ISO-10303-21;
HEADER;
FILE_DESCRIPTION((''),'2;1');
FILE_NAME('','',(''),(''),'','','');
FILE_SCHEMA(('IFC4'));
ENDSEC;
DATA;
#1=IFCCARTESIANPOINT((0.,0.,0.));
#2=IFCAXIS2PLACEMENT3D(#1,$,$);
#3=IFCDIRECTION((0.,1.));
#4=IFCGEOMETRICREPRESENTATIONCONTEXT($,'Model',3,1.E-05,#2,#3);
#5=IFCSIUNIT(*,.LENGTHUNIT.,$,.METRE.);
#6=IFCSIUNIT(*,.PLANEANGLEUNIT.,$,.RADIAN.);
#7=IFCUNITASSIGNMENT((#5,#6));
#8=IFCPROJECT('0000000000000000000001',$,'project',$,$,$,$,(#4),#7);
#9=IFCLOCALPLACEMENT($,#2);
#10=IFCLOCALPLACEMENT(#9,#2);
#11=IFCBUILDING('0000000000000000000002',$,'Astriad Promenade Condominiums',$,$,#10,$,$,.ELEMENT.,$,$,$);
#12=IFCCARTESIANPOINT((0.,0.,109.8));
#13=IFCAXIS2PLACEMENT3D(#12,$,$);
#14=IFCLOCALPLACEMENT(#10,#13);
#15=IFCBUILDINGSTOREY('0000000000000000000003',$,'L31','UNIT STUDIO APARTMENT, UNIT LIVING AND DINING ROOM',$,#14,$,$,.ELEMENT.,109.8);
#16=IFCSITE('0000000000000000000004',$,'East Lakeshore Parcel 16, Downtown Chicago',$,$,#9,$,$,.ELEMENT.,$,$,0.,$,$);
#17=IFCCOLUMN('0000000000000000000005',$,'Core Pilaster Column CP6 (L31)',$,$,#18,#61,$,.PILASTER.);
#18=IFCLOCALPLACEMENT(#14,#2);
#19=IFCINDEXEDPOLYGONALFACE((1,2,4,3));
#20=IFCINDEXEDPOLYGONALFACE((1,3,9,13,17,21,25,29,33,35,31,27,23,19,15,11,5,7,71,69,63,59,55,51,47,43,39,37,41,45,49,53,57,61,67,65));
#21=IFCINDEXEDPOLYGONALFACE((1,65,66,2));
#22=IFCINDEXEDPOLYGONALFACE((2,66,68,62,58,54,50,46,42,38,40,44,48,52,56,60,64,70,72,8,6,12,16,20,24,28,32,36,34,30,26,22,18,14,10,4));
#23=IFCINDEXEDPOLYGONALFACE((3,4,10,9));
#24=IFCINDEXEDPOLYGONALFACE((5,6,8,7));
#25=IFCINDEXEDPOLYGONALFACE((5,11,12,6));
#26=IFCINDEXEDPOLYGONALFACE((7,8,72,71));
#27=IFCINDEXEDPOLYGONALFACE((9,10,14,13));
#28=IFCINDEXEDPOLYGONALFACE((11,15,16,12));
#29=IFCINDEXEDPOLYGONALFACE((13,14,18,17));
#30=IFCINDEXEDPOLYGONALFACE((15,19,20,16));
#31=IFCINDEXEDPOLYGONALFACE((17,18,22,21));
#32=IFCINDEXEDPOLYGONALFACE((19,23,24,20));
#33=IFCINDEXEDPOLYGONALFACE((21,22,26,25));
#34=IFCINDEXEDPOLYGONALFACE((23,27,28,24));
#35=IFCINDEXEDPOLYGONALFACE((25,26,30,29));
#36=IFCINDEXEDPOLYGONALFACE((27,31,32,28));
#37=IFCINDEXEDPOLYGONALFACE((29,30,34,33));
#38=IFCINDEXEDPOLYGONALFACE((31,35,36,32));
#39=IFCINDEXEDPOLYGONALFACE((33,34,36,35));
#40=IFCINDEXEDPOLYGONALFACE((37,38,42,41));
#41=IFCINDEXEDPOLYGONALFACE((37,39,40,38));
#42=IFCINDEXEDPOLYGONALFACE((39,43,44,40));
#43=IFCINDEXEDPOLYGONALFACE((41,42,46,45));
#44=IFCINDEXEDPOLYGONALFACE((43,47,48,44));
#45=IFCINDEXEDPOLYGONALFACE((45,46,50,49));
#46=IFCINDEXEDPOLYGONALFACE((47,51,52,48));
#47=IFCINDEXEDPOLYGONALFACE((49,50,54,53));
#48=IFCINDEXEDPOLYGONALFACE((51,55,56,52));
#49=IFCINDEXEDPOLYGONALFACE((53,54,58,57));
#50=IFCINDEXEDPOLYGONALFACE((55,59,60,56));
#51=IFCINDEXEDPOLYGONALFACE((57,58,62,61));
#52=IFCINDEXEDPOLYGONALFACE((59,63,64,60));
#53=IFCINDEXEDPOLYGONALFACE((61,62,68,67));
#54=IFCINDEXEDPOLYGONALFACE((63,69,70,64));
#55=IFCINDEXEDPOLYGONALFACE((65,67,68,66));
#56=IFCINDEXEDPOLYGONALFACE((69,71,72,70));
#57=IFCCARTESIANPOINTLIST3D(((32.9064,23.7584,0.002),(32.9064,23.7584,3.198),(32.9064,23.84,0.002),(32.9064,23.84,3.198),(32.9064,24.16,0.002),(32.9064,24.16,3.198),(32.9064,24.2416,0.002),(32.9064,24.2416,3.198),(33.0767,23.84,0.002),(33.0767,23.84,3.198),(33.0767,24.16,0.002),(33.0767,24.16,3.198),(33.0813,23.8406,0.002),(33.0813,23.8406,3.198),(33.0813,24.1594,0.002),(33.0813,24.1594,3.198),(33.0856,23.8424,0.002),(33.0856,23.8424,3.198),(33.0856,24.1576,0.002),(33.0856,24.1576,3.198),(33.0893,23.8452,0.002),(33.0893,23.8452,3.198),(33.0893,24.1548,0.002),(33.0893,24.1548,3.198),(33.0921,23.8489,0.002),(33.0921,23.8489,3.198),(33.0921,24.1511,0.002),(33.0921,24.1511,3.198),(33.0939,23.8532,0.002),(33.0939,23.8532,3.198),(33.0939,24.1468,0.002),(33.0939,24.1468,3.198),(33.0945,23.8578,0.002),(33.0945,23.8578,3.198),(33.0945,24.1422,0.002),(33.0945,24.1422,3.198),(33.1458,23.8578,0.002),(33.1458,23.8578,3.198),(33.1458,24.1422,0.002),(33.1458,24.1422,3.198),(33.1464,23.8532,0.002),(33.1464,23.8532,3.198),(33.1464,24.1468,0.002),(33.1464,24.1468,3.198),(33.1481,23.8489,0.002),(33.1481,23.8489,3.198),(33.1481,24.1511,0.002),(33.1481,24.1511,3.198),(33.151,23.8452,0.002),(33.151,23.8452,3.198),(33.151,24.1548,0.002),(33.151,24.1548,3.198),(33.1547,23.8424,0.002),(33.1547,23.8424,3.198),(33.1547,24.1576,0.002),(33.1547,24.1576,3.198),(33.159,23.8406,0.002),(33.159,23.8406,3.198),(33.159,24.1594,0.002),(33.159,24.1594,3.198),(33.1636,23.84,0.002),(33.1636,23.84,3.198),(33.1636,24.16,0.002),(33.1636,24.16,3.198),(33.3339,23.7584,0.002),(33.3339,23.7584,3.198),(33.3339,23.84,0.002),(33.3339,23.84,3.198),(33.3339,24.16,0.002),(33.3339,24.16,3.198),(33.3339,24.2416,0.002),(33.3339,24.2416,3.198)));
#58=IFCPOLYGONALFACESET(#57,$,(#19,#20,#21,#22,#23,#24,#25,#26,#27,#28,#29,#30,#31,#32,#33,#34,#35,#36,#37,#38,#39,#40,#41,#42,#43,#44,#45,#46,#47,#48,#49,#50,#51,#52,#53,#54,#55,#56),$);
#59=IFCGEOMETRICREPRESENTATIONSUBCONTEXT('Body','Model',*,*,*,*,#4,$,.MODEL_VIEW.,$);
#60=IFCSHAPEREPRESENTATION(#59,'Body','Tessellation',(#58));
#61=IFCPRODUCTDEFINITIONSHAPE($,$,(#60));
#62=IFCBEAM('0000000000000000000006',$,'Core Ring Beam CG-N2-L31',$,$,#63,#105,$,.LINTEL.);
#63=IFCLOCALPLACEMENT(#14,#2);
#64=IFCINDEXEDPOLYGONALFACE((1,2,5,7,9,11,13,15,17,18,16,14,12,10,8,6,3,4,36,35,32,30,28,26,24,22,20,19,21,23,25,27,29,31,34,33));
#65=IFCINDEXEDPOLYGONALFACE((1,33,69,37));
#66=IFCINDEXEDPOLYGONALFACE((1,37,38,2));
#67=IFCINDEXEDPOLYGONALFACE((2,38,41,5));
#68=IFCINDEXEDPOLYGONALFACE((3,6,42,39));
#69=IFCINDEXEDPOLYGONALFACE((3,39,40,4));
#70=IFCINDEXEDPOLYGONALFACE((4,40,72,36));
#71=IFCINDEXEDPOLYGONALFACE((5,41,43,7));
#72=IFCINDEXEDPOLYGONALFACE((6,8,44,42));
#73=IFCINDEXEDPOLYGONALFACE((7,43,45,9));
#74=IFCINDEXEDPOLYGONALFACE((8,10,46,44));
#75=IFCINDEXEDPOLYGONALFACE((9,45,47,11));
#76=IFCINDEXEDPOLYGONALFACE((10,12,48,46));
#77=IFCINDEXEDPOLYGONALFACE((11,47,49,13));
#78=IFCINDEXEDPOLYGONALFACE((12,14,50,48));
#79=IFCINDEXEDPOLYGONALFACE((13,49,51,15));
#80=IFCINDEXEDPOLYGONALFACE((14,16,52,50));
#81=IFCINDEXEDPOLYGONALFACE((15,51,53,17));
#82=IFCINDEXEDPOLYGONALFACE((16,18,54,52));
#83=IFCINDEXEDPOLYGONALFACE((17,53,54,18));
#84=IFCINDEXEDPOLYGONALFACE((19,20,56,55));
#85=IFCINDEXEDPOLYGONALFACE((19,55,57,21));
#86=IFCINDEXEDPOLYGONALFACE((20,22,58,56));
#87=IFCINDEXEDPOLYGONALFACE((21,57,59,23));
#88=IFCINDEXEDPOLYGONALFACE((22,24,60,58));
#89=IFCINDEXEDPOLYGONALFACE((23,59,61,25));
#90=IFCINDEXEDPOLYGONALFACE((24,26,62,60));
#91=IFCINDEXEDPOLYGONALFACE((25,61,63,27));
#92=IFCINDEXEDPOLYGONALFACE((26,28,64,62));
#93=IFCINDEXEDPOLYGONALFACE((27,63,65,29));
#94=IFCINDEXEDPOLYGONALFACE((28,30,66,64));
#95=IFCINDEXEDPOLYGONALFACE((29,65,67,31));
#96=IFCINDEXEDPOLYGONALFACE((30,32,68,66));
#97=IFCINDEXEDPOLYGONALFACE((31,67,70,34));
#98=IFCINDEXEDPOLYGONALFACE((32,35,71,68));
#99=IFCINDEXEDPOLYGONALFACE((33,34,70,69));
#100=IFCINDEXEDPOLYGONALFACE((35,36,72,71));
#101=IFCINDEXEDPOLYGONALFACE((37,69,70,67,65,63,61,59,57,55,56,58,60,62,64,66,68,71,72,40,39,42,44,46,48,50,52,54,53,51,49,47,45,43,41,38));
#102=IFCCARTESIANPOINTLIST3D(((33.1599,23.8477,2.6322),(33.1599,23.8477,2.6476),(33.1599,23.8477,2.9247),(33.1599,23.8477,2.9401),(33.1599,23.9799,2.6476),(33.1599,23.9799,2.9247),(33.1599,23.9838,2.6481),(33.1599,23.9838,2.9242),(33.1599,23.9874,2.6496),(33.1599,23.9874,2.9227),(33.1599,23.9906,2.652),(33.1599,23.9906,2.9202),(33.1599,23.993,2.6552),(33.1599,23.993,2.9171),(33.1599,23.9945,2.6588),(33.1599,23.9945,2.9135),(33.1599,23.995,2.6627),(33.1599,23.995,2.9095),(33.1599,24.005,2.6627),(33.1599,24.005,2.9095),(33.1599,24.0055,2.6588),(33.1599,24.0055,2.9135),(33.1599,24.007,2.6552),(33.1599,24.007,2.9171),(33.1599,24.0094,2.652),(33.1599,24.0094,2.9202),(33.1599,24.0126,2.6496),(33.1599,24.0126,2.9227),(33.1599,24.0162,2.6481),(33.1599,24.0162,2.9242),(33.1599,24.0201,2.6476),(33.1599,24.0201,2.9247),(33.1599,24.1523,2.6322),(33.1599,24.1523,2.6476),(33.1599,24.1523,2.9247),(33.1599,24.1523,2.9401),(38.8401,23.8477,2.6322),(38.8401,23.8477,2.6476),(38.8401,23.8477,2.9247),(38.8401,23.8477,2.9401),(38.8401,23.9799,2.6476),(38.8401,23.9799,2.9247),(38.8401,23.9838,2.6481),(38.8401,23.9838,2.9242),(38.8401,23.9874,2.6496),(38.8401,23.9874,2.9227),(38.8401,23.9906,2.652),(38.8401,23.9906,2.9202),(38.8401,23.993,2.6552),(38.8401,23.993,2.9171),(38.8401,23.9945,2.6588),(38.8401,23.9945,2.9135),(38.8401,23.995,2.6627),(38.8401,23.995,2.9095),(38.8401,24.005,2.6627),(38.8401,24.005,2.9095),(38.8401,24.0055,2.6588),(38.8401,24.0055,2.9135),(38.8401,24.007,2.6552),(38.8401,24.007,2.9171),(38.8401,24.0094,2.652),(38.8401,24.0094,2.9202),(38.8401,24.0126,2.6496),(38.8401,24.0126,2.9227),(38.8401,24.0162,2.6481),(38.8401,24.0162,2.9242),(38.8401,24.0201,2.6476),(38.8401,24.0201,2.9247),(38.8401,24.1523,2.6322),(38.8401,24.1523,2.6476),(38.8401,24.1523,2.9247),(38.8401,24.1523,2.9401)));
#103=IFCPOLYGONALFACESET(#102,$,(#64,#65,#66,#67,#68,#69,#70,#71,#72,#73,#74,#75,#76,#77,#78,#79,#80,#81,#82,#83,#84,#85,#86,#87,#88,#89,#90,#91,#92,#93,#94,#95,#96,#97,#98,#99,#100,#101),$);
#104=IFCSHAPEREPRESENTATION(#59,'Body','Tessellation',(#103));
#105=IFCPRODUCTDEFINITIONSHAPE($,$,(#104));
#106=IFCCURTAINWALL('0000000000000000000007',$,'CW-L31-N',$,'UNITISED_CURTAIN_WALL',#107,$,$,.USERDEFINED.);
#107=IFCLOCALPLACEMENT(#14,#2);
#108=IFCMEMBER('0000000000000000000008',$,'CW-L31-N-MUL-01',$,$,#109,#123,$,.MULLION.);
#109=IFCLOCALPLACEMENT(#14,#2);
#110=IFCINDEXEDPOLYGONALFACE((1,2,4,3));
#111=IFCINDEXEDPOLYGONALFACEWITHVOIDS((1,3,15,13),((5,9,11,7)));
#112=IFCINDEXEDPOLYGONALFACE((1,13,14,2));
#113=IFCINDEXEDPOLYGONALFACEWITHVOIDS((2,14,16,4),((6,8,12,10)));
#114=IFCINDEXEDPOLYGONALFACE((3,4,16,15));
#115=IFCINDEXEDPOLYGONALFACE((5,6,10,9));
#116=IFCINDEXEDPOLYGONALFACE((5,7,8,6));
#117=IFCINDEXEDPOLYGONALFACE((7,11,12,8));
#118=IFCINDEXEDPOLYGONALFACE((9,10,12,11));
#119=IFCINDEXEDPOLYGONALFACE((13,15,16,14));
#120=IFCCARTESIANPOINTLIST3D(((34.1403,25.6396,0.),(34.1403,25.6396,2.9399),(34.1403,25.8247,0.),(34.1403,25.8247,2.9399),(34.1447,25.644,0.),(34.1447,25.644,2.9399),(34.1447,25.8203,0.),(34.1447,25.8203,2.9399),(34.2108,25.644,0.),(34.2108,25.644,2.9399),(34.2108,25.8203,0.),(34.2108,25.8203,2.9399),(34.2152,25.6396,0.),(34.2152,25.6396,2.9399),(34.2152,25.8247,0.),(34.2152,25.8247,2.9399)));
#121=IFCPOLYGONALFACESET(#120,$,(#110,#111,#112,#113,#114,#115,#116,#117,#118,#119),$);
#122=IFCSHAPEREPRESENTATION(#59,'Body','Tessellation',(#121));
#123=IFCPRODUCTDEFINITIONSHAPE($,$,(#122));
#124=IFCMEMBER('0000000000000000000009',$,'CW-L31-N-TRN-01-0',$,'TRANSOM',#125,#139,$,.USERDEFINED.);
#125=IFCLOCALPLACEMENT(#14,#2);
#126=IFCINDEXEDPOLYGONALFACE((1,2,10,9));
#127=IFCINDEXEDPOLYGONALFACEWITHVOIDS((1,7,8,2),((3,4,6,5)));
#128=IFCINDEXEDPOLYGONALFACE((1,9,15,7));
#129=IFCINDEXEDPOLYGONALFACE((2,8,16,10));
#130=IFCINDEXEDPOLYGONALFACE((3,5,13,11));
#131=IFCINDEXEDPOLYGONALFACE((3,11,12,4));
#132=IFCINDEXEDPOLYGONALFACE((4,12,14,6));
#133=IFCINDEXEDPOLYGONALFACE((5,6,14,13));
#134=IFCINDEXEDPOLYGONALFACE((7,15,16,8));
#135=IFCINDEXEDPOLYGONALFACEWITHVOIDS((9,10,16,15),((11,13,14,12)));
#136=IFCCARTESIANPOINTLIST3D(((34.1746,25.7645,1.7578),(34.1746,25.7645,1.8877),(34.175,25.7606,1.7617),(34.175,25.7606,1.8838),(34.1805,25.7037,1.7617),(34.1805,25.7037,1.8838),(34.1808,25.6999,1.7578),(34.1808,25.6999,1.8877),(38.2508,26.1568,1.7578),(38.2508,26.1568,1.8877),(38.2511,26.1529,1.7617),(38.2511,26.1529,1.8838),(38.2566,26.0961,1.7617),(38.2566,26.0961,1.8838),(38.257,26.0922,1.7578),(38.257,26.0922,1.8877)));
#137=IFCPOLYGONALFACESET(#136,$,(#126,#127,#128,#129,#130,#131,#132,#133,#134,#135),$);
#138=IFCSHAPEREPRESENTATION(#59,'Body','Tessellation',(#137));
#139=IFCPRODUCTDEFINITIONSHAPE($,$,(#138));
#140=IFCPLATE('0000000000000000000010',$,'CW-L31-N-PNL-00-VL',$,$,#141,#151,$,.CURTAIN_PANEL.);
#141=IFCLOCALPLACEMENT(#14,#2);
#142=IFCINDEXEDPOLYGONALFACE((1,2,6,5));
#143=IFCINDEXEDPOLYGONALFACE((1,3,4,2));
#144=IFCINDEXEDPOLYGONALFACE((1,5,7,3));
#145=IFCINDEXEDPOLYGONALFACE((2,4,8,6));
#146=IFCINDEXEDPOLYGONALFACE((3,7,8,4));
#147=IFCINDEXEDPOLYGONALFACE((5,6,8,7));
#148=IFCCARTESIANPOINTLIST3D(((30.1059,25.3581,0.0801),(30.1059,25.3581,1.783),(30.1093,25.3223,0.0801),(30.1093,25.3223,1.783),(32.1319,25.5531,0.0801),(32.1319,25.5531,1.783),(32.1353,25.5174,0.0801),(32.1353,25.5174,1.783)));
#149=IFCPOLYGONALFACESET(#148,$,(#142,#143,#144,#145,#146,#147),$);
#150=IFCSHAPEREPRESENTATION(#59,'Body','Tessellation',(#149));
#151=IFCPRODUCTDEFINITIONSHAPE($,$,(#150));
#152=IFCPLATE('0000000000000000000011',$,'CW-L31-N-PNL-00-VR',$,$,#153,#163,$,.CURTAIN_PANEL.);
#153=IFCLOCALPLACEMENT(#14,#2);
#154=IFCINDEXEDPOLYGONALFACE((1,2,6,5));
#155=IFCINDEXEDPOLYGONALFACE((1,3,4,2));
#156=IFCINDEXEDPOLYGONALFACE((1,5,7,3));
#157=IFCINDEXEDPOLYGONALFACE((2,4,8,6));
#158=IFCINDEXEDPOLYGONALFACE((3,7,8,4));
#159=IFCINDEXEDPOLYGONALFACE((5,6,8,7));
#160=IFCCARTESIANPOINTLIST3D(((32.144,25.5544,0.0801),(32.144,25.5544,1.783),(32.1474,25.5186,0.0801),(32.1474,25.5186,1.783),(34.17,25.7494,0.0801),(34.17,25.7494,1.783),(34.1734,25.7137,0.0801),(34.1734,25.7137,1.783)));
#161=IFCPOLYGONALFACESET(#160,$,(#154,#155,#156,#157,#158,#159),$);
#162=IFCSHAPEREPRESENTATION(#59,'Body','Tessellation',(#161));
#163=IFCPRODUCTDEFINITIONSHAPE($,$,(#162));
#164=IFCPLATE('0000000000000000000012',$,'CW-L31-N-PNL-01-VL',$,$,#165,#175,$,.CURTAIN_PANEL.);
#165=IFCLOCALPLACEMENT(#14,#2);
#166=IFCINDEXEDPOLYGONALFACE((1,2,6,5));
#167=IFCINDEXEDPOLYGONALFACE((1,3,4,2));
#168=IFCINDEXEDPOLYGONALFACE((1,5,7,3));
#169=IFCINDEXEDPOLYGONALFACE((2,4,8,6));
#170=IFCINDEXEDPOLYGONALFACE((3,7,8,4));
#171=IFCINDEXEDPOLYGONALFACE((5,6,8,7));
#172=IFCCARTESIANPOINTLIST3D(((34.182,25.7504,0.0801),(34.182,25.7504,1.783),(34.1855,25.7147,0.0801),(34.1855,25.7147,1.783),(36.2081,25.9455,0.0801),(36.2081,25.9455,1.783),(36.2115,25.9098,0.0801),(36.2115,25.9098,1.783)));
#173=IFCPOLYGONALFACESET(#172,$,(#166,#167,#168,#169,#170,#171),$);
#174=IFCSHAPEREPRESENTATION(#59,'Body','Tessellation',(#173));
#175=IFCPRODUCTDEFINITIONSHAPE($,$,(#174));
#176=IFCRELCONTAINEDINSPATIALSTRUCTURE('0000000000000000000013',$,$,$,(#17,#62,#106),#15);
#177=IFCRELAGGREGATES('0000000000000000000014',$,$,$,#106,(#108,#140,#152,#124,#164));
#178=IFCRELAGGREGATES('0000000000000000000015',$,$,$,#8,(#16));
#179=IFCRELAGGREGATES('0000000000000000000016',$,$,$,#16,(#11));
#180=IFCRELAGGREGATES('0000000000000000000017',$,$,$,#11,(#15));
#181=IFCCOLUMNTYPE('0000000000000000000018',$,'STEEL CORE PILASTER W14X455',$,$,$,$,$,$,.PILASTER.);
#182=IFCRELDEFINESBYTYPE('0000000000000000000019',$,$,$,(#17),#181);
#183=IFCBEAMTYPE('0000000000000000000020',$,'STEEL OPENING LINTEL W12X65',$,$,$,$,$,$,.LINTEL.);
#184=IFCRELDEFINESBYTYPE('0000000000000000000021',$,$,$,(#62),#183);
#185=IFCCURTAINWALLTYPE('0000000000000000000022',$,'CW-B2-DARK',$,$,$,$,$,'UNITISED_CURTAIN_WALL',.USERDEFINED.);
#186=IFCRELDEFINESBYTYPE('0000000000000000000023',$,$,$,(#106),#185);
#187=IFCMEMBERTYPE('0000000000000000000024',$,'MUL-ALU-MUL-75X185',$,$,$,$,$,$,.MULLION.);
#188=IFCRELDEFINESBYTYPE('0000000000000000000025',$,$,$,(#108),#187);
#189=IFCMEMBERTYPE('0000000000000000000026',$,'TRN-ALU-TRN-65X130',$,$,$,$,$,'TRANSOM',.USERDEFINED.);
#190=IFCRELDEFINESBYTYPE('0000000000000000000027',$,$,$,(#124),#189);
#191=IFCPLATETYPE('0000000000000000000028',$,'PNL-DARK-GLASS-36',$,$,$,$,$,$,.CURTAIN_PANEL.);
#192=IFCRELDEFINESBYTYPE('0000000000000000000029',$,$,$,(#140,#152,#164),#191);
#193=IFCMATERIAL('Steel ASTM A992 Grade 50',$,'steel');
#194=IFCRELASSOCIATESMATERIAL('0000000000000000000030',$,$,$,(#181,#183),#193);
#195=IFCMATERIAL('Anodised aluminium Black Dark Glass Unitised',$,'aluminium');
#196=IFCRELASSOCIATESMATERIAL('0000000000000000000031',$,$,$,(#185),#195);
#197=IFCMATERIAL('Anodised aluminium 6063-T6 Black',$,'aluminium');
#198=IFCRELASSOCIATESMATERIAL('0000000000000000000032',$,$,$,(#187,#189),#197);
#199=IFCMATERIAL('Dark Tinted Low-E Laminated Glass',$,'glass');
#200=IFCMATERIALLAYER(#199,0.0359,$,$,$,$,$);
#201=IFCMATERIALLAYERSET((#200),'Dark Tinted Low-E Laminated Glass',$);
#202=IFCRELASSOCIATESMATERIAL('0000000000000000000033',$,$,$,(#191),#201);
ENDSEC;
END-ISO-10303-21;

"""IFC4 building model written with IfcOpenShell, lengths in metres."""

from ifc_helpers import new_model, si_unit, direction, frame, origin, origin_2d, place, context, subcontext, project, spatial, rectangle, hollow_rectangle, i_section, extrude, source, transform, mapped, material, layer, layer_set, material_profile, profile_set, type_object, type_shapes, element, aggregate, save


model = new_model("IFC4")

# Units and contexts
model_context = context("Model", 3, precision=1e-05, world=origin(), true_north=direction((0.0, 1.0)))
body_context = subcontext(model_context, "Body", "Model", "MODEL_VIEW")
ifc_project = project(units=[si_unit("LENGTHUNIT", "METRE"), si_unit("PLANEANGLEUNIT", "RADIAN")], contexts=[model_context])

# Site, building, storey
site_placement = place(None, origin())
site = spatial("IfcSite", under=ifc_project, at=site_placement, Name="East Lakeshore Parcel 16, Downtown Chicago", CompositionType="ELEMENT", RefElevation=0.0)
building_placement = place(site_placement, origin())
building = spatial("IfcBuilding", under=site, at=building_placement, Name="Astriad Promenade Condominiums", CompositionType="ELEMENT")
storey_placement = place(building_placement, frame((0.0, 0.0, 109.8)))
storey = spatial("IfcBuildingStorey", under=building, at=storey_placement, Name="L31", Description="UNIT STUDIO APARTMENT, UNIT LIVING AND DINING ROOM", CompositionType="ELEMENT", Elevation=109.8)

# Column
ifc_material_1 = material(Name="Steel ASTM A992 Grade 50", Category="steel")
ifc_material_profile_1 = material_profile(ifc_material_1, i_section(OverallWidth=0.4275, OverallDepth=0.4832, WebThickness=0.0513, FlangeThickness=0.0815, FilletRadius=0.0178, at=origin_2d()), Name="W14X455")
ifc_profile_set_1 = profile_set([ifc_material_profile_1], Name="Steel ASTM A992 Grade 50")
column_type = type_object("IfcColumnType", Name="STEEL CORE PILASTER W14X455", PredefinedType="PILASTER", material=ifc_profile_set_1)
shared_shape_1 = source(origin(), body_context, "Body", "SweptSolid", [
    extrude(i_section(OverallWidth=0.4275, OverallDepth=0.4832, WebThickness=0.0513, FlangeThickness=0.0815, FilletRadius=0.0178, at=origin_2d()), origin(), (0.0, 0.0, 1.0), 3.196),
])
type_shapes(column_type, [shared_shape_1])
column_placement = place(storey_placement, frame((33.1201, 24.0, 0.002), z_axis=(0.0, 0.0, 1.0), x_axis=(1.0, 0.0, 0.0)))
element("IfcColumn", 1, at=column_placement, inside=storey, type_object=column_type, Name="Core Pilaster Column CP6 (L31)", PredefinedType="PILASTER", context=body_context, shape_type="MappedRepresentation", body=[
    mapped(shared_shape_1, transform((0.0, 0.0, 0.0), scale=1.0)),
])

# Beam
ifc_material_profile_2 = material_profile(ifc_material_1, i_section(OverallWidth=0.3047, OverallDepth=0.3079, WebThickness=0.01, FlangeThickness=0.0154, FilletRadius=0.0151, at=origin_2d()), Name="W12X65")
ifc_profile_set_2 = profile_set([ifc_material_profile_2], Name="Steel ASTM A992 Grade 50")
beam_type = type_object("IfcBeamType", Name="STEEL OPENING LINTEL W12X65", PredefinedType="LINTEL", material=ifc_profile_set_2)
shared_shape_2 = source(origin(), body_context, "Body", "SweptSolid", [
    extrude(i_section(OverallWidth=0.3047, OverallDepth=0.3079, WebThickness=0.01, FlangeThickness=0.0154, FilletRadius=0.0151, at=origin_2d()), origin(), (0.0, 0.0, 1.0), 5.6802),
])
type_shapes(beam_type, [shared_shape_2])
beam_placement = place(storey_placement, frame((33.1599, 24.0, 2.7861), z_axis=(1.0, 0.0, 0.0), x_axis=(0.0, 1.0, 0.0)))
element("IfcBeam", 2, at=beam_placement, inside=storey, type_object=beam_type, Name="Core Ring Beam CG-N2-L31", PredefinedType="LINTEL", context=body_context, shape_type="MappedRepresentation", body=[
    mapped(shared_shape_2, transform((0.0, 0.0, 0.0), scale=1.0)),
])

# Curtain wall, members, plates
ifc_material_2 = material(Name="Anodised aluminium Black Dark Glass Unitised", Category="aluminium")
curtain_wall_type = type_object("IfcCurtainWallType", Name="CW-B2-DARK", ElementType="UNITISED_CURTAIN_WALL", PredefinedType="USERDEFINED", material=ifc_material_2)
curtain_wall_placement = place(storey_placement, origin())
curtain_wall = element("IfcCurtainWall", 3, at=curtain_wall_placement, inside=storey, type_object=curtain_wall_type, Name="CW-L31-N", ObjectType="UNITISED_CURTAIN_WALL", PredefinedType="USERDEFINED")
ifc_material_3 = material(Name="Anodised aluminium 6063-T6 Black", Category="aluminium")
ifc_material_profile_3 = material_profile(ifc_material_3, hollow_rectangle(XDim=0.075, YDim=0.1851, WallThickness=0.0044, at=origin_2d()), Name="ALU-MUL-75X185")
ifc_profile_set_3 = profile_set([ifc_material_profile_3], Name="Anodised aluminium 6063-T6 Black")
member_type_1 = type_object("IfcMemberType", Name="MUL-ALU-MUL-75X185", PredefinedType="MULLION", material=ifc_profile_set_3)
shared_shape_3 = source(origin(), body_context, "Body", "SweptSolid", [
    extrude(hollow_rectangle(XDim=0.075, YDim=0.1851, WallThickness=0.0044, at=origin_2d()), origin(), (0.0, 0.0, 1.0), 2.9399),
])
type_shapes(member_type_1, [shared_shape_3])
member_1_placement = place(storey_placement, frame((34.1777, 25.7322, 0.0), z_axis=(0.0, 0.0, 1.0), x_axis=(1.0, 0.0, 0.0)))
member_1 = element("IfcMember", 4, at=member_1_placement, type_object=member_type_1, Name="CW-L31-N-MUL-01", PredefinedType="MULLION", context=body_context, shape_type="MappedRepresentation", body=[
    mapped(shared_shape_3, transform((0.0, 0.0, 0.0), scale=1.0)),
])
ifc_material_profile_4 = material_profile(ifc_material_3, hollow_rectangle(XDim=0.0649, YDim=0.1299, WallThickness=0.0039, at=origin_2d()), Name="ALU-TRN-65X130")
ifc_profile_set_4 = profile_set([ifc_material_profile_4], Name="Anodised aluminium 6063-T6 Black")
member_type_2 = type_object("IfcMemberType", Name="TRN-ALU-TRN-65X130", ElementType="TRANSOM", PredefinedType="USERDEFINED", material=ifc_profile_set_4)
shared_shape_4 = source(origin(), body_context, "Body", "SweptSolid", [
    extrude(hollow_rectangle(XDim=0.0649, YDim=0.1299, WallThickness=0.0039, at=origin_2d()), origin(), (0.0, 0.0, 1.0), 4.095),
])
type_shapes(member_type_2, [shared_shape_4])
member_2_placement = place(storey_placement, frame((34.1777, 25.7322, 1.8228), z_axis=(0.9954, 0.095808, 0.0), x_axis=(-0.095808, 0.9954, 0.0)))
member_2 = element("IfcMember", 5, at=member_2_placement, type_object=member_type_2, Name="CW-L31-N-TRN-01-0", ObjectType="TRANSOM", PredefinedType="USERDEFINED", context=body_context, shape_type="MappedRepresentation", body=[
    mapped(shared_shape_4, transform((0.0, 0.0, 0.0), scale=1.0)),
])
ifc_material_4 = material(Name="Dark Tinted Low-E Laminated Glass", Category="glass")
ifc_layer_1 = layer(ifc_material_4, 0.0359)
ifc_layer_set_1 = layer_set([ifc_layer_1], Name="Dark Tinted Low-E Laminated Glass")
plate_type = type_object("IfcPlateType", Name="PNL-DARK-GLASS-36", PredefinedType="CURTAIN_PANEL", material=ifc_layer_set_1)
shared_shape_5 = source(origin(), body_context, "Body", "SweptSolid", [
    extrude(rectangle(XDim=2.0354, YDim=0.0359, at=origin_2d()), origin(), (0.0, 0.0, 1.0), 1.7029),
])
plate_1_placement = place(storey_placement, frame((31.1206, 25.4377, 0.0801), z_axis=(0.0, 0.0, 1.0), x_axis=(0.995396, 0.095846, 0.0)))
plate_1 = element("IfcPlate", 6, at=plate_1_placement, type_object=plate_type, Name="CW-L31-N-PNL-00-VL", PredefinedType="CURTAIN_PANEL", context=body_context, shape_type="MappedRepresentation", body=[
    mapped(shared_shape_5, transform((0.0, 0.0, 0.0), scale=1.0)),
])
plate_2_placement = place(storey_placement, frame((33.1587, 25.634, 0.0801), z_axis=(0.0, 0.0, 1.0), x_axis=(0.995396, 0.095846, 0.0)))
plate_2 = element("IfcPlate", 7, at=plate_2_placement, type_object=plate_type, Name="CW-L31-N-PNL-00-VR", PredefinedType="CURTAIN_PANEL", context=body_context, shape_type="MappedRepresentation", body=[
    mapped(shared_shape_5, transform((0.0, 0.0, 0.0), scale=1.0)),
])
plate_3_placement = place(storey_placement, frame((35.1968, 25.8301, 0.0801), z_axis=(0.0, 0.0, 1.0), x_axis=(0.995396, 0.095846, 0.0)))
plate_3 = element("IfcPlate", 8, at=plate_3_placement, type_object=plate_type, Name="CW-L31-N-PNL-01-VL", PredefinedType="CURTAIN_PANEL", context=body_context, shape_type="MappedRepresentation", body=[
    mapped(shared_shape_5, transform((0.0, 0.0, 0.0), scale=1.0)),
])
aggregate(curtain_wall, [member_1, plate_1, plate_2, member_2, plate_3])

save(model, "model.ifc")
